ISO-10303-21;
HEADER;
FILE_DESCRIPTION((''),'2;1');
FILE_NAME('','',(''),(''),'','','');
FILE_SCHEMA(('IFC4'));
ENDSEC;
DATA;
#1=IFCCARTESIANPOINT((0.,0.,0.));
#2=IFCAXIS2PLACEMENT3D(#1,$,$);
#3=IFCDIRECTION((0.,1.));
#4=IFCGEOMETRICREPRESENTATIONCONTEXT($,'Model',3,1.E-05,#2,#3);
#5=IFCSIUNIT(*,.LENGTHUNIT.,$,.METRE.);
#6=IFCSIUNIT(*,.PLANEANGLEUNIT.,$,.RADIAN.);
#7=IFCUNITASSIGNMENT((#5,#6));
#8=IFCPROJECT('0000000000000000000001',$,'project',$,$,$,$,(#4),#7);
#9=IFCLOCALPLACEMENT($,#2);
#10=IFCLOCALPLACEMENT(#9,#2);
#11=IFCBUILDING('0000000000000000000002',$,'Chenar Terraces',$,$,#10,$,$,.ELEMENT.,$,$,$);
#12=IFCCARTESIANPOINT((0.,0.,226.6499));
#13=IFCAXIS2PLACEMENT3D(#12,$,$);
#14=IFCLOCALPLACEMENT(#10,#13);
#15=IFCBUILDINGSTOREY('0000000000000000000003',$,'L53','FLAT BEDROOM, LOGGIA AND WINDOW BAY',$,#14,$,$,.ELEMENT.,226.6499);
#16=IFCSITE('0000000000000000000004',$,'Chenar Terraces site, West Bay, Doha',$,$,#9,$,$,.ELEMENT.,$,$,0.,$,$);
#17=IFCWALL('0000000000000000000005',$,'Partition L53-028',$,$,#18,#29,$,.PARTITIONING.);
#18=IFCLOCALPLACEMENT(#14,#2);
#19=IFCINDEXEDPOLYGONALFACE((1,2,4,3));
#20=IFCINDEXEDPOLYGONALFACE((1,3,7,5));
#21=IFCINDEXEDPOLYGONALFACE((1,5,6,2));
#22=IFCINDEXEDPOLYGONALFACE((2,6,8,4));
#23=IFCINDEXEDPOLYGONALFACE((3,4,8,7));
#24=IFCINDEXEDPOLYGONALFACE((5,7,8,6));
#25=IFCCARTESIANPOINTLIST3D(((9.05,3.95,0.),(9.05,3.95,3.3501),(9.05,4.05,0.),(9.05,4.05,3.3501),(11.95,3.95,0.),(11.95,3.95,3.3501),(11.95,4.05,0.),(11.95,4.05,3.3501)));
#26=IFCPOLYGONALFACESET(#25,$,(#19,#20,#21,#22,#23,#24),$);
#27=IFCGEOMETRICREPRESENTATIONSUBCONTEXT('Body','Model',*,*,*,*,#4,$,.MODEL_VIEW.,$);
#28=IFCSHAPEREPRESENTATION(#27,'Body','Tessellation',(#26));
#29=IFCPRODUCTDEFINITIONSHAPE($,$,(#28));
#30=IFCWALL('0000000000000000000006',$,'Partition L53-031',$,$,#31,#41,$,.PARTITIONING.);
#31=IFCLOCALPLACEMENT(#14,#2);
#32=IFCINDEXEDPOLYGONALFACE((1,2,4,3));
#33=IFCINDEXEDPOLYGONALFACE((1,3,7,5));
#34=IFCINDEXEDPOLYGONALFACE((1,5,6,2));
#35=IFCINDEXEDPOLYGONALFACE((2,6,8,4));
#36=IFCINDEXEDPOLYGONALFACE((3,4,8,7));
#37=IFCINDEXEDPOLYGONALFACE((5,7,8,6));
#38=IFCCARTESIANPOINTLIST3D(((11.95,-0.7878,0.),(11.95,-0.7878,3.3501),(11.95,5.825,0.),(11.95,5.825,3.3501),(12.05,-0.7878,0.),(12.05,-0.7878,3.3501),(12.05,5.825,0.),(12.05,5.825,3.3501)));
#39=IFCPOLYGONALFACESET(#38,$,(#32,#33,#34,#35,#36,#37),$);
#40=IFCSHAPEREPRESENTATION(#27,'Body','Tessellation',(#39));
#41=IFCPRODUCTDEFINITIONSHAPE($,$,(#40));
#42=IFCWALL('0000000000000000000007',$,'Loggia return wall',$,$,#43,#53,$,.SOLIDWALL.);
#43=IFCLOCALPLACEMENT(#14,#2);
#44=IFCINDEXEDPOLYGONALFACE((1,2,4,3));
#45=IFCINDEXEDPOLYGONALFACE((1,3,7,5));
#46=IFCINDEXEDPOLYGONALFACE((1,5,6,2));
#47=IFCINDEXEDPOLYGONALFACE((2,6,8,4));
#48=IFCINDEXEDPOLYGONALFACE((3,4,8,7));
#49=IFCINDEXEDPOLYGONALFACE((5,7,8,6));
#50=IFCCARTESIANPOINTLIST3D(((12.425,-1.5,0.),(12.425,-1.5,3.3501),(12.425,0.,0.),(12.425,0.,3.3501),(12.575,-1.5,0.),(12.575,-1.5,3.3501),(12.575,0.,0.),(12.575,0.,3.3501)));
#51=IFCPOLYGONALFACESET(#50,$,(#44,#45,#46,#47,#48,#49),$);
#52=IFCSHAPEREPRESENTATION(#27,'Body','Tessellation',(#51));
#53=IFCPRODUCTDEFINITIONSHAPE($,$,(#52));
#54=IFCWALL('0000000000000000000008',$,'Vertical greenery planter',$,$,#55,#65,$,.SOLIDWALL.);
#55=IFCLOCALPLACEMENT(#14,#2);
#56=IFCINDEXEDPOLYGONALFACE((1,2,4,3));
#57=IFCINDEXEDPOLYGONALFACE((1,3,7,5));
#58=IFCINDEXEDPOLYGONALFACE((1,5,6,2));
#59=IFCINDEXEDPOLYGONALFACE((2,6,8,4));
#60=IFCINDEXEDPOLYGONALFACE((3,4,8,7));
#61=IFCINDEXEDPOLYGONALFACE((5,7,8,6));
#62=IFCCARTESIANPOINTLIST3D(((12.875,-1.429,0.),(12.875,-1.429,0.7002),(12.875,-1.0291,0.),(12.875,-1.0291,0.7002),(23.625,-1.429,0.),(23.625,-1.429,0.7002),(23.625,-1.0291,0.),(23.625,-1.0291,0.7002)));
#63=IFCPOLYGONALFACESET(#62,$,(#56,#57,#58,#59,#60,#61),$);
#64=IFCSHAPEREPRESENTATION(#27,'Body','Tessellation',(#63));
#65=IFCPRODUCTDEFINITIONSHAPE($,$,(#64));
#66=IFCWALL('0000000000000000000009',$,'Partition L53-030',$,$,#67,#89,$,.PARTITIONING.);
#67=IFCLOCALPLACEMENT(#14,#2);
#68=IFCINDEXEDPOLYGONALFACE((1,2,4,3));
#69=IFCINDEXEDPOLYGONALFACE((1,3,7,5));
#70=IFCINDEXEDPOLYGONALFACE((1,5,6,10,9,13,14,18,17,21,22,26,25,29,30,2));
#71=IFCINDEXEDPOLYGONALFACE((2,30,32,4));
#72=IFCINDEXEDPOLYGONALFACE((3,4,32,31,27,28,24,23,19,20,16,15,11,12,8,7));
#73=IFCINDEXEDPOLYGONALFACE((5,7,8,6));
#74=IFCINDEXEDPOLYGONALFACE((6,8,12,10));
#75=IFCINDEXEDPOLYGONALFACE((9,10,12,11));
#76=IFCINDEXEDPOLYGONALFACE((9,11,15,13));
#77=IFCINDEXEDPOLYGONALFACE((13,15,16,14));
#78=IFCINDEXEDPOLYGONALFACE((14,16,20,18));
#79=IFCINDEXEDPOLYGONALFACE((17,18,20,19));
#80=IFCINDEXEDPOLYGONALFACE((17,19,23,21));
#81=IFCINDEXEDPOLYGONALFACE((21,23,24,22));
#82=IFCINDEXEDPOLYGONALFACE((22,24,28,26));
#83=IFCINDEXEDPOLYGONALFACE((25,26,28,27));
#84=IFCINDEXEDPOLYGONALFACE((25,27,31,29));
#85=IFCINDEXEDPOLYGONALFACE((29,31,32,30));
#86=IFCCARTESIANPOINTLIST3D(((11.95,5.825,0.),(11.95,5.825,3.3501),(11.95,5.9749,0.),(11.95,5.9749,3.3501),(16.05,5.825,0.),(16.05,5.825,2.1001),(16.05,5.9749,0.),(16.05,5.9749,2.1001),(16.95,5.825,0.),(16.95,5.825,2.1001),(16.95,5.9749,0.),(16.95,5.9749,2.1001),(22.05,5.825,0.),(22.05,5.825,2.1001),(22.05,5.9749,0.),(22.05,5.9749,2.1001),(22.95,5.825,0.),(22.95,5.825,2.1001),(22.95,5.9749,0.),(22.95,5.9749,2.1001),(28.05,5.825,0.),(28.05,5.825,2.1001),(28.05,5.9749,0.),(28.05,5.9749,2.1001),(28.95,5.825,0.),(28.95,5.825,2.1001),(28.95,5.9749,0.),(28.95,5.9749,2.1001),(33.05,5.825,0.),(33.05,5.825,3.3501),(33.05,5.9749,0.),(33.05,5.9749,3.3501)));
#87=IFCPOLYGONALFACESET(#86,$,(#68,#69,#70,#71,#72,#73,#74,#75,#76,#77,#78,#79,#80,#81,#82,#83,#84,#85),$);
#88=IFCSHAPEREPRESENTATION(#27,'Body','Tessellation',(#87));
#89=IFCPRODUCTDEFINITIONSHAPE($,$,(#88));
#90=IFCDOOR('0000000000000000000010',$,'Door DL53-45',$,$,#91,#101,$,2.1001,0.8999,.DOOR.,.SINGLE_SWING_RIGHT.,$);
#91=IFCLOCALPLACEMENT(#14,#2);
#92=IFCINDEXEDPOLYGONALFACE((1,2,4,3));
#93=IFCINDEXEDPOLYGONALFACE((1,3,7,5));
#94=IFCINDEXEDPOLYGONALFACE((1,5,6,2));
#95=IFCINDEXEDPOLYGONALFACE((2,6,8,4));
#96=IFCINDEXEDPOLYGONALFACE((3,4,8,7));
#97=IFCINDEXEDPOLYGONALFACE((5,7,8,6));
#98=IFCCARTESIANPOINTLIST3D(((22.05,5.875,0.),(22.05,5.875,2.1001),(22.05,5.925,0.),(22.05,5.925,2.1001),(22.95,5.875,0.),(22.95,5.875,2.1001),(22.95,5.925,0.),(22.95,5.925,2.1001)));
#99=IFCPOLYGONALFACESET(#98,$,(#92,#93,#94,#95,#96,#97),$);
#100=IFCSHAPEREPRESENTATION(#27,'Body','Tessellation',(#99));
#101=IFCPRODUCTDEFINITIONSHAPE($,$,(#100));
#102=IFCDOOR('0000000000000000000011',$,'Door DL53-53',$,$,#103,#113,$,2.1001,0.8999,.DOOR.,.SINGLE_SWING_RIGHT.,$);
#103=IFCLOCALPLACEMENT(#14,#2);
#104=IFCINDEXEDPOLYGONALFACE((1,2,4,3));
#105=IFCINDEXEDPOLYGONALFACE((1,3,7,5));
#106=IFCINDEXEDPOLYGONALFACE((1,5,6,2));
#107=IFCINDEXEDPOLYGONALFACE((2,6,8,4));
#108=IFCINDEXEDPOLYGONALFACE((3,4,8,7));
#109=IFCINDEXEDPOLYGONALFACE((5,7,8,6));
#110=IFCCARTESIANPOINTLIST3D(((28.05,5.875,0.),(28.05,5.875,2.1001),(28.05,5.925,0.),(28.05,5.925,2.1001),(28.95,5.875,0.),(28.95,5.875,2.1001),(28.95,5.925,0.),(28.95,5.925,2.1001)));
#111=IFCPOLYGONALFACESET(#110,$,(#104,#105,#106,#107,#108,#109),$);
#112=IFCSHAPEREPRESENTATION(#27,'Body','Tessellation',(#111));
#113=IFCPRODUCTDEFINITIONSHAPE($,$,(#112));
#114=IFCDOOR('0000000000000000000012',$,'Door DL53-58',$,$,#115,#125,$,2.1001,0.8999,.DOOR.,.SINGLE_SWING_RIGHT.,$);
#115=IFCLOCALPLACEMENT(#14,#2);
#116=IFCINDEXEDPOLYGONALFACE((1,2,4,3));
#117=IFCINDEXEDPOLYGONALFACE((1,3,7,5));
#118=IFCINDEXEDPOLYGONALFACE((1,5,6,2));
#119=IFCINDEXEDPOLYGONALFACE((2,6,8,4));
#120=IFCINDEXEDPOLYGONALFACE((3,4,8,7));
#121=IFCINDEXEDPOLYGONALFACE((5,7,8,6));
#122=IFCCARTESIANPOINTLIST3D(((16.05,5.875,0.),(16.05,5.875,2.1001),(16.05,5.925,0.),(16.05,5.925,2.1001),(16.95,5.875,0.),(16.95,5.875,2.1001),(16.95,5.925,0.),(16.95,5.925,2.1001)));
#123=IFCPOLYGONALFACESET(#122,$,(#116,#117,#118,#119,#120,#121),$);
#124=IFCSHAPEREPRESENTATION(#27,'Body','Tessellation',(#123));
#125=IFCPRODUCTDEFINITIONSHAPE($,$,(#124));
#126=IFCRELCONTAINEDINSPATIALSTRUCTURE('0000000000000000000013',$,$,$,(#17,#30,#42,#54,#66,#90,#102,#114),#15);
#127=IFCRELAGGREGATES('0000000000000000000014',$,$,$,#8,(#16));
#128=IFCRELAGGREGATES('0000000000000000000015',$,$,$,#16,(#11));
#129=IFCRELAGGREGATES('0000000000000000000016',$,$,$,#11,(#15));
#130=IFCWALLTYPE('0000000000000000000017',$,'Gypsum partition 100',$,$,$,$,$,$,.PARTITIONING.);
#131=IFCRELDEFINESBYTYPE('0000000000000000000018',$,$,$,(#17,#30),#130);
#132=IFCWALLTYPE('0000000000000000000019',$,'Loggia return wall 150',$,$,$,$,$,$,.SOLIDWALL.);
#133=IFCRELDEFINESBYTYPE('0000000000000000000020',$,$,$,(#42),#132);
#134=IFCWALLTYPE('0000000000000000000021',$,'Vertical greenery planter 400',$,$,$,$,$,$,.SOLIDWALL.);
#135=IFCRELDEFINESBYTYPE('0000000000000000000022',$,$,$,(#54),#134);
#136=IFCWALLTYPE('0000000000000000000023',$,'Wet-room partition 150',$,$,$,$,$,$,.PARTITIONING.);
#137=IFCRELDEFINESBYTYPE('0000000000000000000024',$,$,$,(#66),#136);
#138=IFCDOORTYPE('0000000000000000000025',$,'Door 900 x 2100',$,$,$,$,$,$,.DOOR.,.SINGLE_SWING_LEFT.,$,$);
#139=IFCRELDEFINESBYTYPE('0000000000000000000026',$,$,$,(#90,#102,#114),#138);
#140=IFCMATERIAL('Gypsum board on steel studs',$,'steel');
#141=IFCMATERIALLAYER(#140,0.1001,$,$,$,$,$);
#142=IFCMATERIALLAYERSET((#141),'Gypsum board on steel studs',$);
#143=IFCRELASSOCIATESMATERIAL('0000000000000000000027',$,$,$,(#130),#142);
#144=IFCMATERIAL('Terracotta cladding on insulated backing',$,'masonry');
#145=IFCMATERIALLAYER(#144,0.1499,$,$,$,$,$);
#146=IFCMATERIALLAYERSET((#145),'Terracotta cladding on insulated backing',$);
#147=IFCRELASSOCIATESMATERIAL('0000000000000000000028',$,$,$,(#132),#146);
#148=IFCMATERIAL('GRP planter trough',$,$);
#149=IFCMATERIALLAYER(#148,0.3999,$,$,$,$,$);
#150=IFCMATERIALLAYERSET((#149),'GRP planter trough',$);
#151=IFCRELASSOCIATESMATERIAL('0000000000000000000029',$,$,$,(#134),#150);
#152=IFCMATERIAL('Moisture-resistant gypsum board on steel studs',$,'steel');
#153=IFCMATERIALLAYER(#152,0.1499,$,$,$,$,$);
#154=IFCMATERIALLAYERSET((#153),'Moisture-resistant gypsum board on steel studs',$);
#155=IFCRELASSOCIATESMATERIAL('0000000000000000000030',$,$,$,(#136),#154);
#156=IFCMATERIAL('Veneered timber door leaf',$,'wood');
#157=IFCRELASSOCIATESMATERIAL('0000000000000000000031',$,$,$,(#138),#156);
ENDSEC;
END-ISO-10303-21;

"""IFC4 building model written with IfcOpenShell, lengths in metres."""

from ifc_helpers import new_model, si_unit, direction, frame, frame_2d, origin, place, context, subcontext, project, spatial, rectangle, extrude, material, layer, layer_set, type_object, element, fill, save


model = new_model("IFC4")

# Units and contexts
model_context = context("Model", 3, precision=1e-05, world=origin(), true_north=direction((0.0, 1.0)))
body_context = subcontext(model_context, "Body", "Model", "MODEL_VIEW")
ifc_project = project(units=[si_unit("LENGTHUNIT", "METRE"), si_unit("PLANEANGLEUNIT", "RADIAN")], contexts=[model_context])

# Site, building, storey
site_placement = place(None, origin())
site = spatial("IfcSite", under=ifc_project, at=site_placement, Name="Chenar Terraces site, West Bay, Doha", CompositionType="ELEMENT", RefElevation=0.0)
building_placement = place(site_placement, origin())
building = spatial("IfcBuilding", under=site, at=building_placement, Name="Chenar Terraces", CompositionType="ELEMENT")
storey_placement = place(building_placement, frame((0.0, 0.0, 226.6499)))
storey = spatial("IfcBuildingStorey", under=building, at=storey_placement, Name="L53", Description="FLAT BEDROOM, LOGGIA AND WINDOW BAY", CompositionType="ELEMENT", Elevation=226.6499)

# Walls
ifc_material_1 = material(Name="Gypsum board on steel studs", Category="steel")
ifc_layer_1 = layer(ifc_material_1, 0.1001)
ifc_layer_set_1 = layer_set([ifc_layer_1], Name="Gypsum board on steel studs")
wall_type_1 = type_object("IfcWallType", Name="Gypsum partition 100", PredefinedType="PARTITIONING", material=ifc_layer_set_1)
wall_1_placement = place(storey_placement, frame((9.05, 4.0, 0.0), z_axis=(0.0, 0.0, 1.0), x_axis=(1.0, 0.0, 0.0)))
element("IfcWall", 1, at=wall_1_placement, inside=storey, type_object=wall_type_1, Name="Partition L53-028", PredefinedType="PARTITIONING", context=body_context, shape_type="SweptSolid", body=[
    extrude(rectangle(XDim=2.8999, YDim=0.1001, at=frame_2d((1.45, 0.0))), origin(), (0.0, 0.0, 1.0), 3.3501),
])
wall_2_placement = place(storey_placement, frame((12.0, -0.7878, 0.0), z_axis=(0.0, 0.0, 1.0), x_axis=(0.0, 1.0, 0.0)))
element("IfcWall", 2, at=wall_2_placement, inside=storey, type_object=wall_type_1, Name="Partition L53-031", PredefinedType="PARTITIONING", context=body_context, shape_type="SweptSolid", body=[
    extrude(rectangle(XDim=6.6128, YDim=0.1001, at=frame_2d((3.3064, 0.0))), origin(), (0.0, 0.0, 1.0), 3.3501),
])
ifc_material_2 = material(Name="Terracotta cladding on insulated backing", Category="masonry")
ifc_layer_2 = layer(ifc_material_2, 0.1499)
ifc_layer_set_2 = layer_set([ifc_layer_2], Name="Terracotta cladding on insulated backing")
wall_type_2 = type_object("IfcWallType", Name="Loggia return wall 150", PredefinedType="SOLIDWALL", material=ifc_layer_set_2)
wall_3_placement = place(storey_placement, frame((12.5, -1.5, 0.0), z_axis=(0.0, 0.0, 1.0), x_axis=(0.0, 1.0, 0.0)))
element("IfcWall", 3, at=wall_3_placement, inside=storey, type_object=wall_type_2, Name="Loggia return wall", PredefinedType="SOLIDWALL", context=body_context, shape_type="SweptSolid", body=[
    extrude(rectangle(XDim=1.5, YDim=0.1499, at=frame_2d((0.75, 0.0))), origin(), (0.0, 0.0, 1.0), 3.3501),
])
ifc_material_3 = material(Name="GRP planter trough")
ifc_layer_3 = layer(ifc_material_3, 0.3999)
ifc_layer_set_3 = layer_set([ifc_layer_3], Name="GRP planter trough")
wall_type_3 = type_object("IfcWallType", Name="Vertical greenery planter 400", PredefinedType="SOLIDWALL", material=ifc_layer_set_3)
wall_4_placement = place(storey_placement, frame((12.875, -1.229, 0.0), z_axis=(0.0, 0.0, 1.0), x_axis=(1.0, 0.0, 0.0)))
element("IfcWall", 4, at=wall_4_placement, inside=storey, type_object=wall_type_3, Name="Vertical greenery planter", PredefinedType="SOLIDWALL", context=body_context, shape_type="SweptSolid", body=[
    extrude(rectangle(XDim=10.75, YDim=0.3999, at=frame_2d((5.375, 0.0))), origin(), (0.0, 0.0, 1.0), 0.7002),
])

# Wall, openings, doors
ifc_material_4 = material(Name="Moisture-resistant gypsum board on steel studs", Category="steel")
ifc_layer_4 = layer(ifc_material_4, 0.1499)
ifc_layer_set_4 = layer_set([ifc_layer_4], Name="Moisture-resistant gypsum board on steel studs")
wall_type_4 = type_object("IfcWallType", Name="Wet-room partition 150", PredefinedType="PARTITIONING", material=ifc_layer_set_4)
wall_5_placement = place(storey_placement, frame((11.95, 5.8999, 0.0), z_axis=(0.0, 0.0, 1.0), x_axis=(1.0, 0.0, 0.0)))
wall_5 = element("IfcWall", 5, at=wall_5_placement, inside=storey, type_object=wall_type_4, Name="Partition L53-030", PredefinedType="PARTITIONING", context=body_context, shape_type="SweptSolid", body=[
    extrude(rectangle(XDim=21.1001, YDim=0.1499, at=frame_2d((10.55, 0.0))), origin(), (0.0, 0.0, 1.0), 3.3501),
])
opening_1_placement = place(wall_5_placement, frame((10.1001, 0.0, 0.0)))
opening_1 = element("IfcOpeningElement", 6, at=opening_1_placement, cuts=wall_5, PredefinedType="OPENING", context=body_context, shape_type="SweptSolid", body=[
    extrude(rectangle(XDim=0.8999, YDim=2.1001, at=frame_2d((0.45, 1.05))), frame((0.0, 0.085, 0.0), z_axis=(0.0, -1.0, 0.0), x_axis=(1.0, 0.0, 0.0)), (0.0, 0.0, 1.0), 0.1699),
])
opening_2_placement = place(wall_5_placement, frame((16.1001, 0.0, 0.0)))
opening_2 = element("IfcOpeningElement", 7, at=opening_2_placement, cuts=wall_5, PredefinedType="OPENING", context=body_context, shape_type="SweptSolid", body=[
    extrude(rectangle(XDim=0.8999, YDim=2.1001, at=frame_2d((0.45, 1.05))), frame((0.0, 0.085, 0.0), z_axis=(0.0, -1.0, 0.0), x_axis=(1.0, 0.0, 0.0)), (0.0, 0.0, 1.0), 0.1699),
])
opening_3_placement = place(wall_5_placement, frame((4.1001, 0.0, 0.0)))
opening_3 = element("IfcOpeningElement", 8, at=opening_3_placement, cuts=wall_5, PredefinedType="OPENING", context=body_context, shape_type="SweptSolid", body=[
    extrude(rectangle(XDim=0.8999, YDim=2.1001, at=frame_2d((0.45, 1.05))), frame((0.0, 0.085, 0.0), z_axis=(0.0, -1.0, 0.0), x_axis=(1.0, 0.0, 0.0)), (0.0, 0.0, 1.0), 0.1699),
])
ifc_material_5 = material(Name="Veneered timber door leaf", Category="wood")
door_type_1 = type_object("IfcDoorType", Name="Door 900 x 2100", OperationType="SINGLE_SWING_LEFT", PredefinedType="DOOR", material=ifc_material_5)
door_1_placement = place(opening_1_placement, frame((0.8999, 0.0, 0.0), z_axis=(0.0, 0.0, 1.0), x_axis=(-1.0, 0.0, 0.0)))
door_1 = element("IfcDoor", 9, at=door_1_placement, inside=storey, type_object=door_type_1, Name="Door DL53-45", OperationType="SINGLE_SWING_RIGHT", OverallHeight=2.1001, OverallWidth=0.8999, PredefinedType="DOOR", context=body_context, shape_type="SweptSolid", body=[
    extrude(rectangle(XDim=0.8999, YDim=2.1001, at=frame_2d((0.45, 1.05))), frame((0.0, 0.0249, 0.0), z_axis=(0.0, -1.0, 0.0), x_axis=(1.0, 0.0, 0.0)), (0.0, 0.0, 1.0), 0.05),
])
fill(opening_1, door_1)
door_2_placement = place(opening_2_placement, frame((0.8999, 0.0, 0.0), z_axis=(0.0, 0.0, 1.0), x_axis=(-1.0, 0.0, 0.0)))
door_2 = element("IfcDoor", 10, at=door_2_placement, inside=storey, type_object=door_type_1, Name="Door DL53-53", OperationType="SINGLE_SWING_RIGHT", OverallHeight=2.1001, OverallWidth=0.8999, PredefinedType="DOOR", context=body_context, shape_type="SweptSolid", body=[
    extrude(rectangle(XDim=0.8999, YDim=2.1001, at=frame_2d((0.45, 1.05))), frame((0.0, 0.0249, 0.0), z_axis=(0.0, -1.0, 0.0), x_axis=(1.0, 0.0, 0.0)), (0.0, 0.0, 1.0), 0.05),
])
fill(opening_2, door_2)
door_3_placement = place(opening_3_placement, frame((0.8999, 0.0, 0.0), z_axis=(0.0, 0.0, 1.0), x_axis=(-1.0, 0.0, 0.0)))
door_3 = element("IfcDoor", 11, at=door_3_placement, inside=storey, type_object=door_type_1, Name="Door DL53-58", OperationType="SINGLE_SWING_RIGHT", OverallHeight=2.1001, OverallWidth=0.8999, PredefinedType="DOOR", context=body_context, shape_type="SweptSolid", body=[
    extrude(rectangle(XDim=0.8999, YDim=2.1001, at=frame_2d((0.45, 1.05))), frame((0.0, 0.0249, 0.0), z_axis=(0.0, -1.0, 0.0), x_axis=(1.0, 0.0, 0.0)), (0.0, 0.0, 1.0), 0.05),
])
fill(opening_3, door_3)

save(model, "model.ifc")
